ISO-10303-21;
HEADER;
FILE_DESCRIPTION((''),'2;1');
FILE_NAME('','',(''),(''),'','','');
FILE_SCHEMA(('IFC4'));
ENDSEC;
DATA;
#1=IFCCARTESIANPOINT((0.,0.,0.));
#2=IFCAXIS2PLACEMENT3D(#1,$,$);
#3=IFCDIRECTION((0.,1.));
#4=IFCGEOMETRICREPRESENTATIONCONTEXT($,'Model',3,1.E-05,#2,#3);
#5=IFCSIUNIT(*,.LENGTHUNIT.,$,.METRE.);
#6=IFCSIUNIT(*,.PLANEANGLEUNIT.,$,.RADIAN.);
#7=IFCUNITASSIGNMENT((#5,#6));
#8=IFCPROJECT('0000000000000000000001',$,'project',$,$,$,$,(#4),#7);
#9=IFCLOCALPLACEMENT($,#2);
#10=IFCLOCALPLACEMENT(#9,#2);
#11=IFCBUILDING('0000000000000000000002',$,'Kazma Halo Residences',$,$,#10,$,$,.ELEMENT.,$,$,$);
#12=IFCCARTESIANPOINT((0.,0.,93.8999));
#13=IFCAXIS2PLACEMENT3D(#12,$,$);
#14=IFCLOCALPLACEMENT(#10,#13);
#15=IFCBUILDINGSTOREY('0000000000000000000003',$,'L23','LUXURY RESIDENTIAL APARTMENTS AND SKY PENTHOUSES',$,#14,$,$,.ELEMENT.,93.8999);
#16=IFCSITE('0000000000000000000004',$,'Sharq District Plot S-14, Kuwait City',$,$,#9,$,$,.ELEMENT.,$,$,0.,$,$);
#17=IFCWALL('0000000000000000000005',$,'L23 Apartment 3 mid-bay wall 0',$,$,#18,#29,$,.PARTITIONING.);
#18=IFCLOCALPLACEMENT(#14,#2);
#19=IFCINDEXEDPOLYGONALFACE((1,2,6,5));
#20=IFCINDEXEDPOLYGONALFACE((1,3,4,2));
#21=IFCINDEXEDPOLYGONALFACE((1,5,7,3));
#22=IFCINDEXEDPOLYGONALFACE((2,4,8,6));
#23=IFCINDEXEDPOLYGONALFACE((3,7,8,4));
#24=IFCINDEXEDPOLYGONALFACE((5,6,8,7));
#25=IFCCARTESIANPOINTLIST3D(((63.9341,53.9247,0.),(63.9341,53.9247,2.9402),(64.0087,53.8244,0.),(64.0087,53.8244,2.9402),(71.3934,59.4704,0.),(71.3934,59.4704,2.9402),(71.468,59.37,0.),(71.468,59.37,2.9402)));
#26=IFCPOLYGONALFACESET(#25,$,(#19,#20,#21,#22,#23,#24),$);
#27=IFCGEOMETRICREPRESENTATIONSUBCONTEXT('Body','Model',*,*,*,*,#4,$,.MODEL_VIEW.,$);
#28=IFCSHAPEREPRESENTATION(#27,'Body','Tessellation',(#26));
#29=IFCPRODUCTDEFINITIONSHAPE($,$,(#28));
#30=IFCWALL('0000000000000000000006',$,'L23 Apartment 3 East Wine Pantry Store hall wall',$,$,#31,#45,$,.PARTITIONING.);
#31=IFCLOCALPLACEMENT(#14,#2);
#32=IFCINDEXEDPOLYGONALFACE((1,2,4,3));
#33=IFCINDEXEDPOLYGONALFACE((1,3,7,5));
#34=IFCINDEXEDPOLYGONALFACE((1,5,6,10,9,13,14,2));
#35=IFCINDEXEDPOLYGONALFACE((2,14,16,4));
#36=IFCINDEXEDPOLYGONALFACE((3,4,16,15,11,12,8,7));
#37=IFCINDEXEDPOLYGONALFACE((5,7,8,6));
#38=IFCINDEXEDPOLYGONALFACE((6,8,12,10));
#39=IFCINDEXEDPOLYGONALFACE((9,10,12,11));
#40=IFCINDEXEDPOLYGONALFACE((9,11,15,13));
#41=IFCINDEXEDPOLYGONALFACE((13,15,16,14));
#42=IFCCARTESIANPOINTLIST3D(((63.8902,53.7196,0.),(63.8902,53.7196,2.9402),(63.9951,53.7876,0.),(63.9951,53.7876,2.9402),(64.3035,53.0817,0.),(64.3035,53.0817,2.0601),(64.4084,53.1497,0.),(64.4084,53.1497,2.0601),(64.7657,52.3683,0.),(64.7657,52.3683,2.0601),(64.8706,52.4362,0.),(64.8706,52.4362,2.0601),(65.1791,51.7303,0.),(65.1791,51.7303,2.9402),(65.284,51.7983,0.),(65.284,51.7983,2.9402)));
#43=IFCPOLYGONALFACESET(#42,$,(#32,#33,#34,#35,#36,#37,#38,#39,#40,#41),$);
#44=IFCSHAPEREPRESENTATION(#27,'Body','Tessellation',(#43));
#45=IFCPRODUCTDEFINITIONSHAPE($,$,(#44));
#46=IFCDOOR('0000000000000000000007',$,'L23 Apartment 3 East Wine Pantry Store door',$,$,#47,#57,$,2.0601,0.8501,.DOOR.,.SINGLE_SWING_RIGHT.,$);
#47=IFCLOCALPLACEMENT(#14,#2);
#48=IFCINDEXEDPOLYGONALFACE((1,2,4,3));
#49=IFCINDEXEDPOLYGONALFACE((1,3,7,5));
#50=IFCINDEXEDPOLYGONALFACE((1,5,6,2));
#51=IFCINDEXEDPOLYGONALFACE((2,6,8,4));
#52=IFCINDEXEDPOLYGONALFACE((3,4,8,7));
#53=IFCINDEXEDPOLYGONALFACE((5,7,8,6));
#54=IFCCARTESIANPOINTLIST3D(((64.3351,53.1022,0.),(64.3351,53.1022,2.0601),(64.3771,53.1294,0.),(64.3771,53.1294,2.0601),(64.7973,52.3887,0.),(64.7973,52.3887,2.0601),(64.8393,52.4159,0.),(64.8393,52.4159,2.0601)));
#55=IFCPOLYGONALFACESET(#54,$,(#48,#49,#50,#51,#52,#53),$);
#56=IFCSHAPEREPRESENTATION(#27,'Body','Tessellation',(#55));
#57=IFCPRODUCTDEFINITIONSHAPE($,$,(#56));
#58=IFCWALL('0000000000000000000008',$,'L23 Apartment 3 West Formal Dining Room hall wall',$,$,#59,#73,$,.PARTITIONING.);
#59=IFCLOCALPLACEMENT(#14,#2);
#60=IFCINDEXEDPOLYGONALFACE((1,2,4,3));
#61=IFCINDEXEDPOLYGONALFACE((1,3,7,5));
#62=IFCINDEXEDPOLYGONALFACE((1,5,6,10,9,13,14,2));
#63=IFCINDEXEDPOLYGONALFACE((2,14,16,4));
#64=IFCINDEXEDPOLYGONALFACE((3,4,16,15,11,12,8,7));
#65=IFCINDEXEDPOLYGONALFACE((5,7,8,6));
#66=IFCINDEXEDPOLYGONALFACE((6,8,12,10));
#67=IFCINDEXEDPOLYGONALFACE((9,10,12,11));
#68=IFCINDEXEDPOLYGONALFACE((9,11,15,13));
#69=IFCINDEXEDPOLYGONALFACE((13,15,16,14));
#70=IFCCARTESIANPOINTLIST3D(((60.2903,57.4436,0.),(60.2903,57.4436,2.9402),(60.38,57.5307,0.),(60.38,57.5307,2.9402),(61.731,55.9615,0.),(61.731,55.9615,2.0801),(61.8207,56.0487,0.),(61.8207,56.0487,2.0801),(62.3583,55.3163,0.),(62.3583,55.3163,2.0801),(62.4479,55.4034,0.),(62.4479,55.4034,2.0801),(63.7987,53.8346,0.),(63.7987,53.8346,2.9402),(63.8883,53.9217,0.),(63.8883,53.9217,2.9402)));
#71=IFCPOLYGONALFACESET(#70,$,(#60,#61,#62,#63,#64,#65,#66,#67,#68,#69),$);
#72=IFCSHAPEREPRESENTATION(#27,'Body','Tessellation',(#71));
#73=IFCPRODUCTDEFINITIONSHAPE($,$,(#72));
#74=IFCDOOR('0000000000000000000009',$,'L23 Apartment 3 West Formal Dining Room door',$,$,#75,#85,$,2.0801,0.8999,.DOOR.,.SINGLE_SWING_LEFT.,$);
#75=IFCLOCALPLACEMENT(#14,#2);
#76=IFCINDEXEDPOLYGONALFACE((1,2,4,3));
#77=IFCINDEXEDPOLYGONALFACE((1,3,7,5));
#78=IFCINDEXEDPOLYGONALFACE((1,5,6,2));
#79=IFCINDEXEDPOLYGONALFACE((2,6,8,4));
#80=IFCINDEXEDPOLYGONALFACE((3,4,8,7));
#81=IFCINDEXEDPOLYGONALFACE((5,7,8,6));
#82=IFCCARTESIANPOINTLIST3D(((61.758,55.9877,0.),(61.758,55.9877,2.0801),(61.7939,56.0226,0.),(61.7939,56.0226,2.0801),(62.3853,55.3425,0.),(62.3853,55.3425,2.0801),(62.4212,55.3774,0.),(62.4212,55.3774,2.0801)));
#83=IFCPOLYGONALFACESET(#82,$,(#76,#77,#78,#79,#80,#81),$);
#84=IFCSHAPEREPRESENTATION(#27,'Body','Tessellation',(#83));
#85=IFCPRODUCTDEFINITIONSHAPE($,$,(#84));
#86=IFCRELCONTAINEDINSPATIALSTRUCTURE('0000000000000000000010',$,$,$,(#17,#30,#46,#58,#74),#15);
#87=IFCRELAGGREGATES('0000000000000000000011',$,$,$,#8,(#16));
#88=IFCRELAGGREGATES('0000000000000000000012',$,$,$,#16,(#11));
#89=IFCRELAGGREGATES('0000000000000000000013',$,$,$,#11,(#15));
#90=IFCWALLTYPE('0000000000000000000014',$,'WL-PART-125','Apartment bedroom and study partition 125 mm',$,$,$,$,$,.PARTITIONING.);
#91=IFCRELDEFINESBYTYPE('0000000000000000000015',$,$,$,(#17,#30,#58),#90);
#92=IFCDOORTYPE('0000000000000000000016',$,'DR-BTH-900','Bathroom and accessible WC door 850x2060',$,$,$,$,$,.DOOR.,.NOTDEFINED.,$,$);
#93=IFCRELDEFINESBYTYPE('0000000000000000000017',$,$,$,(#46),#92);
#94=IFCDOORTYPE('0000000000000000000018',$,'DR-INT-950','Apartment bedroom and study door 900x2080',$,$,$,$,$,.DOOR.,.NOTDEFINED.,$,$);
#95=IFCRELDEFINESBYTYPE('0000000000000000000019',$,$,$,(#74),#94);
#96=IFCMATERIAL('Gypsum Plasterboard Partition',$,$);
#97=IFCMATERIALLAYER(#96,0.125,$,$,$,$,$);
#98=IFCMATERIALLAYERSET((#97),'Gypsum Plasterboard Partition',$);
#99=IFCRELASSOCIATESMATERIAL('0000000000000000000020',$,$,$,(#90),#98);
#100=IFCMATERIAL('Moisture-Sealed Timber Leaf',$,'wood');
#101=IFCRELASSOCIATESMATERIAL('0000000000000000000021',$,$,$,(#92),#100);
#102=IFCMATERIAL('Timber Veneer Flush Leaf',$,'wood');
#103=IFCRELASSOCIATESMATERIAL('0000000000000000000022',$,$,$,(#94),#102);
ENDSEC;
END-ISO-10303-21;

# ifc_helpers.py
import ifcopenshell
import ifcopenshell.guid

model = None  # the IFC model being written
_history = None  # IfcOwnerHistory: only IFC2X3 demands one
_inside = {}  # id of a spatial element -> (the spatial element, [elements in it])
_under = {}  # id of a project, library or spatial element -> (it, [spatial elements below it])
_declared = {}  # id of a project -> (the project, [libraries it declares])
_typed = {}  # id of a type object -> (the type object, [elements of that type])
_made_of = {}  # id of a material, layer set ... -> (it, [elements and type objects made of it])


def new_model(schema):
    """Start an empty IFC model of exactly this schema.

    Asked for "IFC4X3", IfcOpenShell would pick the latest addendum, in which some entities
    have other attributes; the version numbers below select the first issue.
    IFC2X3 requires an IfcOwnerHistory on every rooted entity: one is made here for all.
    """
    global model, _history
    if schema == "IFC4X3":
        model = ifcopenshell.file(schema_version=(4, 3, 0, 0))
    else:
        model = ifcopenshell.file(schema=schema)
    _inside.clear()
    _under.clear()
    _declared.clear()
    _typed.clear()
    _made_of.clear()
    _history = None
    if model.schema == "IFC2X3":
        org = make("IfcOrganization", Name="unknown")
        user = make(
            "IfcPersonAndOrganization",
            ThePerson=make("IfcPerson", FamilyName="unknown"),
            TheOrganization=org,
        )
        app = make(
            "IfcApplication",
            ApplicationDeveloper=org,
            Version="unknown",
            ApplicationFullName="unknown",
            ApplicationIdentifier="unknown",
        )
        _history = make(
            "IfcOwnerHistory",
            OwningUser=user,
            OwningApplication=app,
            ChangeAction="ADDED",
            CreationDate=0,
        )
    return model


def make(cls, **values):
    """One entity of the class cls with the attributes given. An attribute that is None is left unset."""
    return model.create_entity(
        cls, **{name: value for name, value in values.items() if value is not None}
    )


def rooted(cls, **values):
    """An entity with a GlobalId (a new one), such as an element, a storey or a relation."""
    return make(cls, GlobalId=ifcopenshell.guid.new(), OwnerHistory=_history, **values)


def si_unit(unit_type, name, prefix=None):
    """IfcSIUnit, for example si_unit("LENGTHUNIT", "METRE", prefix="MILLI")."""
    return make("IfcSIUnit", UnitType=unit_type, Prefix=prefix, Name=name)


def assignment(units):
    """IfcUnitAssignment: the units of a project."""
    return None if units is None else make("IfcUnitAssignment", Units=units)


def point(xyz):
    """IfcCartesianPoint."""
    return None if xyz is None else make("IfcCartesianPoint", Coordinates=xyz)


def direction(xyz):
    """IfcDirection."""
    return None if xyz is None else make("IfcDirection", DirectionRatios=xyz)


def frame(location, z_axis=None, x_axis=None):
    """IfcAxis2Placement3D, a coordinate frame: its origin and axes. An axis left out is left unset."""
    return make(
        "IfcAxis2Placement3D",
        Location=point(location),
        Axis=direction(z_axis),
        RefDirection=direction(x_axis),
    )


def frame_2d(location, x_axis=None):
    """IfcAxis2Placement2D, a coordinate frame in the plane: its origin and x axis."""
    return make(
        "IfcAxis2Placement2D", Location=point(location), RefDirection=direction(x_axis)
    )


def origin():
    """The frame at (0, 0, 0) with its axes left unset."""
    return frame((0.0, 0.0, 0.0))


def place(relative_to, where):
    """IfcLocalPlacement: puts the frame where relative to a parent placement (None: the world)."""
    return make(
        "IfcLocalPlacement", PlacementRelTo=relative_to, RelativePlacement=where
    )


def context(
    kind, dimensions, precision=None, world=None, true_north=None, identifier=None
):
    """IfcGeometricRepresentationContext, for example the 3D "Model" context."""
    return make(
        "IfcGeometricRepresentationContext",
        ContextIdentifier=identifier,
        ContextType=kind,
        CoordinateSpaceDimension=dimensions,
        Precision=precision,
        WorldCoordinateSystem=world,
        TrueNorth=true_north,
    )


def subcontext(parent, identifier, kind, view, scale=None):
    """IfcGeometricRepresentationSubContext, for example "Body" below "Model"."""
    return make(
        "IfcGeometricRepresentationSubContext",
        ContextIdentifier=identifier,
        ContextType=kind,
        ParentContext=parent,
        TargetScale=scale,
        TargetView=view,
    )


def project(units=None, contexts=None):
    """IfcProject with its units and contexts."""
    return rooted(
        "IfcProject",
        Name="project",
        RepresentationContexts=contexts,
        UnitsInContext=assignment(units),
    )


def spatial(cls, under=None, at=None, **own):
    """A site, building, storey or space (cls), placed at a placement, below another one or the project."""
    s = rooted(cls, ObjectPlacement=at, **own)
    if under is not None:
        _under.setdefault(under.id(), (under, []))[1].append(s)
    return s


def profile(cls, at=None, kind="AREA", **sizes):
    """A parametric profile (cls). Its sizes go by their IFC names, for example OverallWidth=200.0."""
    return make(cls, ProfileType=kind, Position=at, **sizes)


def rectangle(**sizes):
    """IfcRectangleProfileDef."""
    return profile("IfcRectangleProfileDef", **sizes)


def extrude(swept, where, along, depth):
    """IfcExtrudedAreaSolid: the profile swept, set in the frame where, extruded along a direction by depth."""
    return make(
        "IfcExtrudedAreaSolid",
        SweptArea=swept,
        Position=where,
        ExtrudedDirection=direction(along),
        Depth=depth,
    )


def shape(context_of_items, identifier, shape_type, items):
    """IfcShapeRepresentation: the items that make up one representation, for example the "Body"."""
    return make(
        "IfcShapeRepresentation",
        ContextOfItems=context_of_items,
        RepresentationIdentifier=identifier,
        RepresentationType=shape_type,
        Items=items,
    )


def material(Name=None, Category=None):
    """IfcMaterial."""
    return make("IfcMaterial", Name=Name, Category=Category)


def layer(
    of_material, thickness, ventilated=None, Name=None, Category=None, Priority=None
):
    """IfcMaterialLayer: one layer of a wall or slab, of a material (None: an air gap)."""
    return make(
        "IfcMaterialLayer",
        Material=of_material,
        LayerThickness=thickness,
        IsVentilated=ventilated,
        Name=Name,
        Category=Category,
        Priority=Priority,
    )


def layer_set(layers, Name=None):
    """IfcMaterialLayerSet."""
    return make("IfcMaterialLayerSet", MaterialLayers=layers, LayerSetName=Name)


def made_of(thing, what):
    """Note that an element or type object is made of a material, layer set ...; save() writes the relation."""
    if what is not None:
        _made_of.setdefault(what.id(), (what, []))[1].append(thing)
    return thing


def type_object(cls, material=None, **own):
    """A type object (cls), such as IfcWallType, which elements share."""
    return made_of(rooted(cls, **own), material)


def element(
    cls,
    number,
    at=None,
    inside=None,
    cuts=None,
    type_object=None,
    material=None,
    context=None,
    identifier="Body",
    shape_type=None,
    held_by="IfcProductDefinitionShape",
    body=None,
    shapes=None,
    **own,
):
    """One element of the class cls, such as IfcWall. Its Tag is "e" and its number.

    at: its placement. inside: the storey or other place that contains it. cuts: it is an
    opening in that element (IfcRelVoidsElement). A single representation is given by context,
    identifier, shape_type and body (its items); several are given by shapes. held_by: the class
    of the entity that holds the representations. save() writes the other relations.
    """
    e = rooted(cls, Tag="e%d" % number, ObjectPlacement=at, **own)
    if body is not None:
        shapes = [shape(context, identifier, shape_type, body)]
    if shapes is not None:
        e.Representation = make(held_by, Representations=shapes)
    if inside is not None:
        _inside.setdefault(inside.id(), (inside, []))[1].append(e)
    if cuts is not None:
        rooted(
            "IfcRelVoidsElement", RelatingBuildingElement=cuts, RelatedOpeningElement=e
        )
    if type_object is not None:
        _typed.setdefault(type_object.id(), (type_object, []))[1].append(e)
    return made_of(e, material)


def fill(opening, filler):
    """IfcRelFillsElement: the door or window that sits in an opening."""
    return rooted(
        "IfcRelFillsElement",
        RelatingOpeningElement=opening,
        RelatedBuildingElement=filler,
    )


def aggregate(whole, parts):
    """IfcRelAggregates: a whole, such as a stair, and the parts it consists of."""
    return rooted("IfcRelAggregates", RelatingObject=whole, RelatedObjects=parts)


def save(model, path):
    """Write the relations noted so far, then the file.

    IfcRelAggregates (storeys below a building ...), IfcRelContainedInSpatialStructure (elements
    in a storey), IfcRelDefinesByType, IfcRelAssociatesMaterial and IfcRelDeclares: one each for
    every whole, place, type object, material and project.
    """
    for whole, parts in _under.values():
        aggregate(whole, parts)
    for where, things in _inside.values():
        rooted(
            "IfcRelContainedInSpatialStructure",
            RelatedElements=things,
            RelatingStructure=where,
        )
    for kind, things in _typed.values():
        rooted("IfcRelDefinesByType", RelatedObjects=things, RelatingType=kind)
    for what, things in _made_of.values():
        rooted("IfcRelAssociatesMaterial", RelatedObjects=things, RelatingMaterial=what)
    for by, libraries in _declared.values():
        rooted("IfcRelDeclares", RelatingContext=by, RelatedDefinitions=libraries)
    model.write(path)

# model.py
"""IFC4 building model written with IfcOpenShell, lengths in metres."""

from ifc_helpers import new_model, si_unit, direction, frame, frame_2d, origin, place, context, subcontext, project, spatial, rectangle, extrude, material, layer, layer_set, type_object, element, fill, save


model = new_model("IFC4")

# Units and contexts
model_context = context("Model", 3, precision=1e-05, world=origin(), true_north=direction((0.0, 1.0)))
body_context = subcontext(model_context, "Body", "Model", "MODEL_VIEW")
ifc_project = project(units=[si_unit("LENGTHUNIT", "METRE"), si_unit("PLANEANGLEUNIT", "RADIAN")], contexts=[model_context])

# Site, building, storey
site_placement = place(None, origin())
site = spatial("IfcSite", under=ifc_project, at=site_placement, Name="Sharq District Plot S-14, Kuwait City", CompositionType="ELEMENT", RefElevation=0.0)
building_placement = place(site_placement, origin())
building = spatial("IfcBuilding", under=site, at=building_placement, Name="Kazma Halo Residences", CompositionType="ELEMENT")
storey_placement = place(building_placement, frame((0.0, 0.0, 93.8999)))
storey = spatial("IfcBuildingStorey", under=building, at=storey_placement, Name="L23", Description="LUXURY RESIDENTIAL APARTMENTS AND SKY PENTHOUSES", CompositionType="ELEMENT", Elevation=93.8999)

# Wall
ifc_material_1 = material(Name="Gypsum Plasterboard Partition")
ifc_layer_1 = layer(ifc_material_1, 0.125)
ifc_layer_set_1 = layer_set([ifc_layer_1], Name="Gypsum Plasterboard Partition")
wall_type_1 = type_object("IfcWallType", Name="WL-PART-125", Description="Apartment bedroom and study partition 125 mm", PredefinedType="PARTITIONING", material=ifc_layer_set_1)
wall_1_placement = place(storey_placement, frame((63.9714, 53.8745, 0.0), z_axis=(0.0, 0.0, 1.0), x_axis=(0.802511, 0.596637, 0.0)))
element("IfcWall", 1, at=wall_1_placement, inside=storey, type_object=wall_type_1, Name="L23 Apartment 3 mid-bay wall 0", PredefinedType="PARTITIONING", context=body_context, shape_type="SweptSolid", body=[
    extrude(rectangle(XDim=9.2949, YDim=0.125, at=frame_2d((4.6475, 0.0))), origin(), (0.0, 0.0, 1.0), 2.9402),
])

# Walls, openings, doors
wall_2_placement = place(storey_placement, frame((65.2314, 51.7644, 0.0), z_axis=(0.0, 0.0, 1.0), x_axis=(-0.543742, 0.839252, 0.0)))
wall_2 = element("IfcWall", 2, at=wall_2_placement, inside=storey, type_object=wall_type_1, Name="L23 Apartment 3 East Wine Pantry Store hall wall", PredefinedType="PARTITIONING", context=body_context, shape_type="SweptSolid", body=[
    extrude(rectangle(XDim=2.3704, YDim=0.125, at=frame_2d((1.1851, 0.0))), origin(), (0.0, 0.0, 1.0), 2.9402),
])
opening_1_placement = place(wall_2_placement, frame((0.76, 0.0, 0.0)))
opening_1 = element("IfcOpeningElement", 3, at=opening_1_placement, cuts=wall_2, PredefinedType="OPENING", context=body_context, shape_type="SweptSolid", body=[
    extrude(rectangle(XDim=0.8501, YDim=2.0601, at=frame_2d((0.425, 1.03))), frame((0.0, 0.0725, 0.0), z_axis=(0.0, -1.0, 0.0), x_axis=(1.0, 0.0, 0.0)), (0.0, 0.0, 1.0), 0.145),
])
ifc_material_2 = material(Name="Moisture-Sealed Timber Leaf", Category="wood")
door_type_1 = type_object("IfcDoorType", Name="DR-BTH-900", Description="Bathroom and accessible WC door 850x2060", OperationType="NOTDEFINED", PredefinedType="DOOR", material=ifc_material_2)
door_1_placement = place(opening_1_placement, origin())
door_1 = element("IfcDoor", 4, at=door_1_placement, inside=storey, type_object=door_type_1, Name="L23 Apartment 3 East Wine Pantry Store door", OperationType="SINGLE_SWING_RIGHT", OverallHeight=2.0601, OverallWidth=0.8501, PredefinedType="DOOR", context=body_context, shape_type="SweptSolid", body=[
    extrude(rectangle(XDim=0.8501, YDim=2.0601, at=frame_2d((0.425, 1.03))), frame((0.0, 0.0249, 0.0), z_axis=(0.0, -1.0, 0.0), x_axis=(1.0, 0.0, 0.0)), (0.0, 0.0, 1.0), 0.05),
])
fill(opening_1, door_1)
wall_3_placement = place(storey_placement, frame((63.8435, 53.8782, 0.0), z_axis=(0.0, 0.0, 1.0), x_axis=(-0.697044, 0.717029, 0.0)))
wall_3 = element("IfcWall", 5, at=wall_3_placement, inside=storey, type_object=wall_type_1, Name="L23 Apartment 3 West Formal Dining Room hall wall", PredefinedType="PARTITIONING", context=body_context, shape_type="SweptSolid", body=[
    extrude(rectangle(XDim=5.0332, YDim=0.125, at=frame_2d((2.5166, 0.0))), origin(), (0.0, 0.0, 1.0), 2.9402),
])
opening_2_placement = place(wall_3_placement, frame((2.0664, 0.0, 0.0)))
opening_2 = element("IfcOpeningElement", 6, at=opening_2_placement, cuts=wall_3, PredefinedType="OPENING", context=body_context, shape_type="SweptSolid", body=[
    extrude(rectangle(XDim=0.8999, YDim=2.0801, at=frame_2d((0.45, 1.04))), frame((0.0, 0.0725, 0.0), z_axis=(0.0, -1.0, 0.0), x_axis=(1.0, 0.0, 0.0)), (0.0, 0.0, 1.0), 0.145),
])
ifc_material_3 = material(Name="Timber Veneer Flush Leaf", Category="wood")
door_type_2 = type_object("IfcDoorType", Name="DR-INT-950", Description="Apartment bedroom and study door 900x2080", OperationType="NOTDEFINED", PredefinedType="DOOR", material=ifc_material_3)
door_2_placement = place(opening_2_placement, origin())
door_2 = element("IfcDoor", 7, at=door_2_placement, inside=storey, type_object=door_type_2, Name="L23 Apartment 3 West Formal Dining Room door", OperationType="SINGLE_SWING_LEFT", OverallHeight=2.0801, OverallWidth=0.8999, PredefinedType="DOOR", context=body_context, shape_type="SweptSolid", body=[
    extrude(rectangle(XDim=0.8999, YDim=2.0801, at=frame_2d((0.45, 1.04))), frame((0.0, 0.0249, 0.0), z_axis=(0.0, -1.0, 0.0), x_axis=(1.0, 0.0, 0.0)), (0.0, 0.0, 1.0), 0.05),
])
fill(opening_2, door_2)

save(model, "model.ifc")
